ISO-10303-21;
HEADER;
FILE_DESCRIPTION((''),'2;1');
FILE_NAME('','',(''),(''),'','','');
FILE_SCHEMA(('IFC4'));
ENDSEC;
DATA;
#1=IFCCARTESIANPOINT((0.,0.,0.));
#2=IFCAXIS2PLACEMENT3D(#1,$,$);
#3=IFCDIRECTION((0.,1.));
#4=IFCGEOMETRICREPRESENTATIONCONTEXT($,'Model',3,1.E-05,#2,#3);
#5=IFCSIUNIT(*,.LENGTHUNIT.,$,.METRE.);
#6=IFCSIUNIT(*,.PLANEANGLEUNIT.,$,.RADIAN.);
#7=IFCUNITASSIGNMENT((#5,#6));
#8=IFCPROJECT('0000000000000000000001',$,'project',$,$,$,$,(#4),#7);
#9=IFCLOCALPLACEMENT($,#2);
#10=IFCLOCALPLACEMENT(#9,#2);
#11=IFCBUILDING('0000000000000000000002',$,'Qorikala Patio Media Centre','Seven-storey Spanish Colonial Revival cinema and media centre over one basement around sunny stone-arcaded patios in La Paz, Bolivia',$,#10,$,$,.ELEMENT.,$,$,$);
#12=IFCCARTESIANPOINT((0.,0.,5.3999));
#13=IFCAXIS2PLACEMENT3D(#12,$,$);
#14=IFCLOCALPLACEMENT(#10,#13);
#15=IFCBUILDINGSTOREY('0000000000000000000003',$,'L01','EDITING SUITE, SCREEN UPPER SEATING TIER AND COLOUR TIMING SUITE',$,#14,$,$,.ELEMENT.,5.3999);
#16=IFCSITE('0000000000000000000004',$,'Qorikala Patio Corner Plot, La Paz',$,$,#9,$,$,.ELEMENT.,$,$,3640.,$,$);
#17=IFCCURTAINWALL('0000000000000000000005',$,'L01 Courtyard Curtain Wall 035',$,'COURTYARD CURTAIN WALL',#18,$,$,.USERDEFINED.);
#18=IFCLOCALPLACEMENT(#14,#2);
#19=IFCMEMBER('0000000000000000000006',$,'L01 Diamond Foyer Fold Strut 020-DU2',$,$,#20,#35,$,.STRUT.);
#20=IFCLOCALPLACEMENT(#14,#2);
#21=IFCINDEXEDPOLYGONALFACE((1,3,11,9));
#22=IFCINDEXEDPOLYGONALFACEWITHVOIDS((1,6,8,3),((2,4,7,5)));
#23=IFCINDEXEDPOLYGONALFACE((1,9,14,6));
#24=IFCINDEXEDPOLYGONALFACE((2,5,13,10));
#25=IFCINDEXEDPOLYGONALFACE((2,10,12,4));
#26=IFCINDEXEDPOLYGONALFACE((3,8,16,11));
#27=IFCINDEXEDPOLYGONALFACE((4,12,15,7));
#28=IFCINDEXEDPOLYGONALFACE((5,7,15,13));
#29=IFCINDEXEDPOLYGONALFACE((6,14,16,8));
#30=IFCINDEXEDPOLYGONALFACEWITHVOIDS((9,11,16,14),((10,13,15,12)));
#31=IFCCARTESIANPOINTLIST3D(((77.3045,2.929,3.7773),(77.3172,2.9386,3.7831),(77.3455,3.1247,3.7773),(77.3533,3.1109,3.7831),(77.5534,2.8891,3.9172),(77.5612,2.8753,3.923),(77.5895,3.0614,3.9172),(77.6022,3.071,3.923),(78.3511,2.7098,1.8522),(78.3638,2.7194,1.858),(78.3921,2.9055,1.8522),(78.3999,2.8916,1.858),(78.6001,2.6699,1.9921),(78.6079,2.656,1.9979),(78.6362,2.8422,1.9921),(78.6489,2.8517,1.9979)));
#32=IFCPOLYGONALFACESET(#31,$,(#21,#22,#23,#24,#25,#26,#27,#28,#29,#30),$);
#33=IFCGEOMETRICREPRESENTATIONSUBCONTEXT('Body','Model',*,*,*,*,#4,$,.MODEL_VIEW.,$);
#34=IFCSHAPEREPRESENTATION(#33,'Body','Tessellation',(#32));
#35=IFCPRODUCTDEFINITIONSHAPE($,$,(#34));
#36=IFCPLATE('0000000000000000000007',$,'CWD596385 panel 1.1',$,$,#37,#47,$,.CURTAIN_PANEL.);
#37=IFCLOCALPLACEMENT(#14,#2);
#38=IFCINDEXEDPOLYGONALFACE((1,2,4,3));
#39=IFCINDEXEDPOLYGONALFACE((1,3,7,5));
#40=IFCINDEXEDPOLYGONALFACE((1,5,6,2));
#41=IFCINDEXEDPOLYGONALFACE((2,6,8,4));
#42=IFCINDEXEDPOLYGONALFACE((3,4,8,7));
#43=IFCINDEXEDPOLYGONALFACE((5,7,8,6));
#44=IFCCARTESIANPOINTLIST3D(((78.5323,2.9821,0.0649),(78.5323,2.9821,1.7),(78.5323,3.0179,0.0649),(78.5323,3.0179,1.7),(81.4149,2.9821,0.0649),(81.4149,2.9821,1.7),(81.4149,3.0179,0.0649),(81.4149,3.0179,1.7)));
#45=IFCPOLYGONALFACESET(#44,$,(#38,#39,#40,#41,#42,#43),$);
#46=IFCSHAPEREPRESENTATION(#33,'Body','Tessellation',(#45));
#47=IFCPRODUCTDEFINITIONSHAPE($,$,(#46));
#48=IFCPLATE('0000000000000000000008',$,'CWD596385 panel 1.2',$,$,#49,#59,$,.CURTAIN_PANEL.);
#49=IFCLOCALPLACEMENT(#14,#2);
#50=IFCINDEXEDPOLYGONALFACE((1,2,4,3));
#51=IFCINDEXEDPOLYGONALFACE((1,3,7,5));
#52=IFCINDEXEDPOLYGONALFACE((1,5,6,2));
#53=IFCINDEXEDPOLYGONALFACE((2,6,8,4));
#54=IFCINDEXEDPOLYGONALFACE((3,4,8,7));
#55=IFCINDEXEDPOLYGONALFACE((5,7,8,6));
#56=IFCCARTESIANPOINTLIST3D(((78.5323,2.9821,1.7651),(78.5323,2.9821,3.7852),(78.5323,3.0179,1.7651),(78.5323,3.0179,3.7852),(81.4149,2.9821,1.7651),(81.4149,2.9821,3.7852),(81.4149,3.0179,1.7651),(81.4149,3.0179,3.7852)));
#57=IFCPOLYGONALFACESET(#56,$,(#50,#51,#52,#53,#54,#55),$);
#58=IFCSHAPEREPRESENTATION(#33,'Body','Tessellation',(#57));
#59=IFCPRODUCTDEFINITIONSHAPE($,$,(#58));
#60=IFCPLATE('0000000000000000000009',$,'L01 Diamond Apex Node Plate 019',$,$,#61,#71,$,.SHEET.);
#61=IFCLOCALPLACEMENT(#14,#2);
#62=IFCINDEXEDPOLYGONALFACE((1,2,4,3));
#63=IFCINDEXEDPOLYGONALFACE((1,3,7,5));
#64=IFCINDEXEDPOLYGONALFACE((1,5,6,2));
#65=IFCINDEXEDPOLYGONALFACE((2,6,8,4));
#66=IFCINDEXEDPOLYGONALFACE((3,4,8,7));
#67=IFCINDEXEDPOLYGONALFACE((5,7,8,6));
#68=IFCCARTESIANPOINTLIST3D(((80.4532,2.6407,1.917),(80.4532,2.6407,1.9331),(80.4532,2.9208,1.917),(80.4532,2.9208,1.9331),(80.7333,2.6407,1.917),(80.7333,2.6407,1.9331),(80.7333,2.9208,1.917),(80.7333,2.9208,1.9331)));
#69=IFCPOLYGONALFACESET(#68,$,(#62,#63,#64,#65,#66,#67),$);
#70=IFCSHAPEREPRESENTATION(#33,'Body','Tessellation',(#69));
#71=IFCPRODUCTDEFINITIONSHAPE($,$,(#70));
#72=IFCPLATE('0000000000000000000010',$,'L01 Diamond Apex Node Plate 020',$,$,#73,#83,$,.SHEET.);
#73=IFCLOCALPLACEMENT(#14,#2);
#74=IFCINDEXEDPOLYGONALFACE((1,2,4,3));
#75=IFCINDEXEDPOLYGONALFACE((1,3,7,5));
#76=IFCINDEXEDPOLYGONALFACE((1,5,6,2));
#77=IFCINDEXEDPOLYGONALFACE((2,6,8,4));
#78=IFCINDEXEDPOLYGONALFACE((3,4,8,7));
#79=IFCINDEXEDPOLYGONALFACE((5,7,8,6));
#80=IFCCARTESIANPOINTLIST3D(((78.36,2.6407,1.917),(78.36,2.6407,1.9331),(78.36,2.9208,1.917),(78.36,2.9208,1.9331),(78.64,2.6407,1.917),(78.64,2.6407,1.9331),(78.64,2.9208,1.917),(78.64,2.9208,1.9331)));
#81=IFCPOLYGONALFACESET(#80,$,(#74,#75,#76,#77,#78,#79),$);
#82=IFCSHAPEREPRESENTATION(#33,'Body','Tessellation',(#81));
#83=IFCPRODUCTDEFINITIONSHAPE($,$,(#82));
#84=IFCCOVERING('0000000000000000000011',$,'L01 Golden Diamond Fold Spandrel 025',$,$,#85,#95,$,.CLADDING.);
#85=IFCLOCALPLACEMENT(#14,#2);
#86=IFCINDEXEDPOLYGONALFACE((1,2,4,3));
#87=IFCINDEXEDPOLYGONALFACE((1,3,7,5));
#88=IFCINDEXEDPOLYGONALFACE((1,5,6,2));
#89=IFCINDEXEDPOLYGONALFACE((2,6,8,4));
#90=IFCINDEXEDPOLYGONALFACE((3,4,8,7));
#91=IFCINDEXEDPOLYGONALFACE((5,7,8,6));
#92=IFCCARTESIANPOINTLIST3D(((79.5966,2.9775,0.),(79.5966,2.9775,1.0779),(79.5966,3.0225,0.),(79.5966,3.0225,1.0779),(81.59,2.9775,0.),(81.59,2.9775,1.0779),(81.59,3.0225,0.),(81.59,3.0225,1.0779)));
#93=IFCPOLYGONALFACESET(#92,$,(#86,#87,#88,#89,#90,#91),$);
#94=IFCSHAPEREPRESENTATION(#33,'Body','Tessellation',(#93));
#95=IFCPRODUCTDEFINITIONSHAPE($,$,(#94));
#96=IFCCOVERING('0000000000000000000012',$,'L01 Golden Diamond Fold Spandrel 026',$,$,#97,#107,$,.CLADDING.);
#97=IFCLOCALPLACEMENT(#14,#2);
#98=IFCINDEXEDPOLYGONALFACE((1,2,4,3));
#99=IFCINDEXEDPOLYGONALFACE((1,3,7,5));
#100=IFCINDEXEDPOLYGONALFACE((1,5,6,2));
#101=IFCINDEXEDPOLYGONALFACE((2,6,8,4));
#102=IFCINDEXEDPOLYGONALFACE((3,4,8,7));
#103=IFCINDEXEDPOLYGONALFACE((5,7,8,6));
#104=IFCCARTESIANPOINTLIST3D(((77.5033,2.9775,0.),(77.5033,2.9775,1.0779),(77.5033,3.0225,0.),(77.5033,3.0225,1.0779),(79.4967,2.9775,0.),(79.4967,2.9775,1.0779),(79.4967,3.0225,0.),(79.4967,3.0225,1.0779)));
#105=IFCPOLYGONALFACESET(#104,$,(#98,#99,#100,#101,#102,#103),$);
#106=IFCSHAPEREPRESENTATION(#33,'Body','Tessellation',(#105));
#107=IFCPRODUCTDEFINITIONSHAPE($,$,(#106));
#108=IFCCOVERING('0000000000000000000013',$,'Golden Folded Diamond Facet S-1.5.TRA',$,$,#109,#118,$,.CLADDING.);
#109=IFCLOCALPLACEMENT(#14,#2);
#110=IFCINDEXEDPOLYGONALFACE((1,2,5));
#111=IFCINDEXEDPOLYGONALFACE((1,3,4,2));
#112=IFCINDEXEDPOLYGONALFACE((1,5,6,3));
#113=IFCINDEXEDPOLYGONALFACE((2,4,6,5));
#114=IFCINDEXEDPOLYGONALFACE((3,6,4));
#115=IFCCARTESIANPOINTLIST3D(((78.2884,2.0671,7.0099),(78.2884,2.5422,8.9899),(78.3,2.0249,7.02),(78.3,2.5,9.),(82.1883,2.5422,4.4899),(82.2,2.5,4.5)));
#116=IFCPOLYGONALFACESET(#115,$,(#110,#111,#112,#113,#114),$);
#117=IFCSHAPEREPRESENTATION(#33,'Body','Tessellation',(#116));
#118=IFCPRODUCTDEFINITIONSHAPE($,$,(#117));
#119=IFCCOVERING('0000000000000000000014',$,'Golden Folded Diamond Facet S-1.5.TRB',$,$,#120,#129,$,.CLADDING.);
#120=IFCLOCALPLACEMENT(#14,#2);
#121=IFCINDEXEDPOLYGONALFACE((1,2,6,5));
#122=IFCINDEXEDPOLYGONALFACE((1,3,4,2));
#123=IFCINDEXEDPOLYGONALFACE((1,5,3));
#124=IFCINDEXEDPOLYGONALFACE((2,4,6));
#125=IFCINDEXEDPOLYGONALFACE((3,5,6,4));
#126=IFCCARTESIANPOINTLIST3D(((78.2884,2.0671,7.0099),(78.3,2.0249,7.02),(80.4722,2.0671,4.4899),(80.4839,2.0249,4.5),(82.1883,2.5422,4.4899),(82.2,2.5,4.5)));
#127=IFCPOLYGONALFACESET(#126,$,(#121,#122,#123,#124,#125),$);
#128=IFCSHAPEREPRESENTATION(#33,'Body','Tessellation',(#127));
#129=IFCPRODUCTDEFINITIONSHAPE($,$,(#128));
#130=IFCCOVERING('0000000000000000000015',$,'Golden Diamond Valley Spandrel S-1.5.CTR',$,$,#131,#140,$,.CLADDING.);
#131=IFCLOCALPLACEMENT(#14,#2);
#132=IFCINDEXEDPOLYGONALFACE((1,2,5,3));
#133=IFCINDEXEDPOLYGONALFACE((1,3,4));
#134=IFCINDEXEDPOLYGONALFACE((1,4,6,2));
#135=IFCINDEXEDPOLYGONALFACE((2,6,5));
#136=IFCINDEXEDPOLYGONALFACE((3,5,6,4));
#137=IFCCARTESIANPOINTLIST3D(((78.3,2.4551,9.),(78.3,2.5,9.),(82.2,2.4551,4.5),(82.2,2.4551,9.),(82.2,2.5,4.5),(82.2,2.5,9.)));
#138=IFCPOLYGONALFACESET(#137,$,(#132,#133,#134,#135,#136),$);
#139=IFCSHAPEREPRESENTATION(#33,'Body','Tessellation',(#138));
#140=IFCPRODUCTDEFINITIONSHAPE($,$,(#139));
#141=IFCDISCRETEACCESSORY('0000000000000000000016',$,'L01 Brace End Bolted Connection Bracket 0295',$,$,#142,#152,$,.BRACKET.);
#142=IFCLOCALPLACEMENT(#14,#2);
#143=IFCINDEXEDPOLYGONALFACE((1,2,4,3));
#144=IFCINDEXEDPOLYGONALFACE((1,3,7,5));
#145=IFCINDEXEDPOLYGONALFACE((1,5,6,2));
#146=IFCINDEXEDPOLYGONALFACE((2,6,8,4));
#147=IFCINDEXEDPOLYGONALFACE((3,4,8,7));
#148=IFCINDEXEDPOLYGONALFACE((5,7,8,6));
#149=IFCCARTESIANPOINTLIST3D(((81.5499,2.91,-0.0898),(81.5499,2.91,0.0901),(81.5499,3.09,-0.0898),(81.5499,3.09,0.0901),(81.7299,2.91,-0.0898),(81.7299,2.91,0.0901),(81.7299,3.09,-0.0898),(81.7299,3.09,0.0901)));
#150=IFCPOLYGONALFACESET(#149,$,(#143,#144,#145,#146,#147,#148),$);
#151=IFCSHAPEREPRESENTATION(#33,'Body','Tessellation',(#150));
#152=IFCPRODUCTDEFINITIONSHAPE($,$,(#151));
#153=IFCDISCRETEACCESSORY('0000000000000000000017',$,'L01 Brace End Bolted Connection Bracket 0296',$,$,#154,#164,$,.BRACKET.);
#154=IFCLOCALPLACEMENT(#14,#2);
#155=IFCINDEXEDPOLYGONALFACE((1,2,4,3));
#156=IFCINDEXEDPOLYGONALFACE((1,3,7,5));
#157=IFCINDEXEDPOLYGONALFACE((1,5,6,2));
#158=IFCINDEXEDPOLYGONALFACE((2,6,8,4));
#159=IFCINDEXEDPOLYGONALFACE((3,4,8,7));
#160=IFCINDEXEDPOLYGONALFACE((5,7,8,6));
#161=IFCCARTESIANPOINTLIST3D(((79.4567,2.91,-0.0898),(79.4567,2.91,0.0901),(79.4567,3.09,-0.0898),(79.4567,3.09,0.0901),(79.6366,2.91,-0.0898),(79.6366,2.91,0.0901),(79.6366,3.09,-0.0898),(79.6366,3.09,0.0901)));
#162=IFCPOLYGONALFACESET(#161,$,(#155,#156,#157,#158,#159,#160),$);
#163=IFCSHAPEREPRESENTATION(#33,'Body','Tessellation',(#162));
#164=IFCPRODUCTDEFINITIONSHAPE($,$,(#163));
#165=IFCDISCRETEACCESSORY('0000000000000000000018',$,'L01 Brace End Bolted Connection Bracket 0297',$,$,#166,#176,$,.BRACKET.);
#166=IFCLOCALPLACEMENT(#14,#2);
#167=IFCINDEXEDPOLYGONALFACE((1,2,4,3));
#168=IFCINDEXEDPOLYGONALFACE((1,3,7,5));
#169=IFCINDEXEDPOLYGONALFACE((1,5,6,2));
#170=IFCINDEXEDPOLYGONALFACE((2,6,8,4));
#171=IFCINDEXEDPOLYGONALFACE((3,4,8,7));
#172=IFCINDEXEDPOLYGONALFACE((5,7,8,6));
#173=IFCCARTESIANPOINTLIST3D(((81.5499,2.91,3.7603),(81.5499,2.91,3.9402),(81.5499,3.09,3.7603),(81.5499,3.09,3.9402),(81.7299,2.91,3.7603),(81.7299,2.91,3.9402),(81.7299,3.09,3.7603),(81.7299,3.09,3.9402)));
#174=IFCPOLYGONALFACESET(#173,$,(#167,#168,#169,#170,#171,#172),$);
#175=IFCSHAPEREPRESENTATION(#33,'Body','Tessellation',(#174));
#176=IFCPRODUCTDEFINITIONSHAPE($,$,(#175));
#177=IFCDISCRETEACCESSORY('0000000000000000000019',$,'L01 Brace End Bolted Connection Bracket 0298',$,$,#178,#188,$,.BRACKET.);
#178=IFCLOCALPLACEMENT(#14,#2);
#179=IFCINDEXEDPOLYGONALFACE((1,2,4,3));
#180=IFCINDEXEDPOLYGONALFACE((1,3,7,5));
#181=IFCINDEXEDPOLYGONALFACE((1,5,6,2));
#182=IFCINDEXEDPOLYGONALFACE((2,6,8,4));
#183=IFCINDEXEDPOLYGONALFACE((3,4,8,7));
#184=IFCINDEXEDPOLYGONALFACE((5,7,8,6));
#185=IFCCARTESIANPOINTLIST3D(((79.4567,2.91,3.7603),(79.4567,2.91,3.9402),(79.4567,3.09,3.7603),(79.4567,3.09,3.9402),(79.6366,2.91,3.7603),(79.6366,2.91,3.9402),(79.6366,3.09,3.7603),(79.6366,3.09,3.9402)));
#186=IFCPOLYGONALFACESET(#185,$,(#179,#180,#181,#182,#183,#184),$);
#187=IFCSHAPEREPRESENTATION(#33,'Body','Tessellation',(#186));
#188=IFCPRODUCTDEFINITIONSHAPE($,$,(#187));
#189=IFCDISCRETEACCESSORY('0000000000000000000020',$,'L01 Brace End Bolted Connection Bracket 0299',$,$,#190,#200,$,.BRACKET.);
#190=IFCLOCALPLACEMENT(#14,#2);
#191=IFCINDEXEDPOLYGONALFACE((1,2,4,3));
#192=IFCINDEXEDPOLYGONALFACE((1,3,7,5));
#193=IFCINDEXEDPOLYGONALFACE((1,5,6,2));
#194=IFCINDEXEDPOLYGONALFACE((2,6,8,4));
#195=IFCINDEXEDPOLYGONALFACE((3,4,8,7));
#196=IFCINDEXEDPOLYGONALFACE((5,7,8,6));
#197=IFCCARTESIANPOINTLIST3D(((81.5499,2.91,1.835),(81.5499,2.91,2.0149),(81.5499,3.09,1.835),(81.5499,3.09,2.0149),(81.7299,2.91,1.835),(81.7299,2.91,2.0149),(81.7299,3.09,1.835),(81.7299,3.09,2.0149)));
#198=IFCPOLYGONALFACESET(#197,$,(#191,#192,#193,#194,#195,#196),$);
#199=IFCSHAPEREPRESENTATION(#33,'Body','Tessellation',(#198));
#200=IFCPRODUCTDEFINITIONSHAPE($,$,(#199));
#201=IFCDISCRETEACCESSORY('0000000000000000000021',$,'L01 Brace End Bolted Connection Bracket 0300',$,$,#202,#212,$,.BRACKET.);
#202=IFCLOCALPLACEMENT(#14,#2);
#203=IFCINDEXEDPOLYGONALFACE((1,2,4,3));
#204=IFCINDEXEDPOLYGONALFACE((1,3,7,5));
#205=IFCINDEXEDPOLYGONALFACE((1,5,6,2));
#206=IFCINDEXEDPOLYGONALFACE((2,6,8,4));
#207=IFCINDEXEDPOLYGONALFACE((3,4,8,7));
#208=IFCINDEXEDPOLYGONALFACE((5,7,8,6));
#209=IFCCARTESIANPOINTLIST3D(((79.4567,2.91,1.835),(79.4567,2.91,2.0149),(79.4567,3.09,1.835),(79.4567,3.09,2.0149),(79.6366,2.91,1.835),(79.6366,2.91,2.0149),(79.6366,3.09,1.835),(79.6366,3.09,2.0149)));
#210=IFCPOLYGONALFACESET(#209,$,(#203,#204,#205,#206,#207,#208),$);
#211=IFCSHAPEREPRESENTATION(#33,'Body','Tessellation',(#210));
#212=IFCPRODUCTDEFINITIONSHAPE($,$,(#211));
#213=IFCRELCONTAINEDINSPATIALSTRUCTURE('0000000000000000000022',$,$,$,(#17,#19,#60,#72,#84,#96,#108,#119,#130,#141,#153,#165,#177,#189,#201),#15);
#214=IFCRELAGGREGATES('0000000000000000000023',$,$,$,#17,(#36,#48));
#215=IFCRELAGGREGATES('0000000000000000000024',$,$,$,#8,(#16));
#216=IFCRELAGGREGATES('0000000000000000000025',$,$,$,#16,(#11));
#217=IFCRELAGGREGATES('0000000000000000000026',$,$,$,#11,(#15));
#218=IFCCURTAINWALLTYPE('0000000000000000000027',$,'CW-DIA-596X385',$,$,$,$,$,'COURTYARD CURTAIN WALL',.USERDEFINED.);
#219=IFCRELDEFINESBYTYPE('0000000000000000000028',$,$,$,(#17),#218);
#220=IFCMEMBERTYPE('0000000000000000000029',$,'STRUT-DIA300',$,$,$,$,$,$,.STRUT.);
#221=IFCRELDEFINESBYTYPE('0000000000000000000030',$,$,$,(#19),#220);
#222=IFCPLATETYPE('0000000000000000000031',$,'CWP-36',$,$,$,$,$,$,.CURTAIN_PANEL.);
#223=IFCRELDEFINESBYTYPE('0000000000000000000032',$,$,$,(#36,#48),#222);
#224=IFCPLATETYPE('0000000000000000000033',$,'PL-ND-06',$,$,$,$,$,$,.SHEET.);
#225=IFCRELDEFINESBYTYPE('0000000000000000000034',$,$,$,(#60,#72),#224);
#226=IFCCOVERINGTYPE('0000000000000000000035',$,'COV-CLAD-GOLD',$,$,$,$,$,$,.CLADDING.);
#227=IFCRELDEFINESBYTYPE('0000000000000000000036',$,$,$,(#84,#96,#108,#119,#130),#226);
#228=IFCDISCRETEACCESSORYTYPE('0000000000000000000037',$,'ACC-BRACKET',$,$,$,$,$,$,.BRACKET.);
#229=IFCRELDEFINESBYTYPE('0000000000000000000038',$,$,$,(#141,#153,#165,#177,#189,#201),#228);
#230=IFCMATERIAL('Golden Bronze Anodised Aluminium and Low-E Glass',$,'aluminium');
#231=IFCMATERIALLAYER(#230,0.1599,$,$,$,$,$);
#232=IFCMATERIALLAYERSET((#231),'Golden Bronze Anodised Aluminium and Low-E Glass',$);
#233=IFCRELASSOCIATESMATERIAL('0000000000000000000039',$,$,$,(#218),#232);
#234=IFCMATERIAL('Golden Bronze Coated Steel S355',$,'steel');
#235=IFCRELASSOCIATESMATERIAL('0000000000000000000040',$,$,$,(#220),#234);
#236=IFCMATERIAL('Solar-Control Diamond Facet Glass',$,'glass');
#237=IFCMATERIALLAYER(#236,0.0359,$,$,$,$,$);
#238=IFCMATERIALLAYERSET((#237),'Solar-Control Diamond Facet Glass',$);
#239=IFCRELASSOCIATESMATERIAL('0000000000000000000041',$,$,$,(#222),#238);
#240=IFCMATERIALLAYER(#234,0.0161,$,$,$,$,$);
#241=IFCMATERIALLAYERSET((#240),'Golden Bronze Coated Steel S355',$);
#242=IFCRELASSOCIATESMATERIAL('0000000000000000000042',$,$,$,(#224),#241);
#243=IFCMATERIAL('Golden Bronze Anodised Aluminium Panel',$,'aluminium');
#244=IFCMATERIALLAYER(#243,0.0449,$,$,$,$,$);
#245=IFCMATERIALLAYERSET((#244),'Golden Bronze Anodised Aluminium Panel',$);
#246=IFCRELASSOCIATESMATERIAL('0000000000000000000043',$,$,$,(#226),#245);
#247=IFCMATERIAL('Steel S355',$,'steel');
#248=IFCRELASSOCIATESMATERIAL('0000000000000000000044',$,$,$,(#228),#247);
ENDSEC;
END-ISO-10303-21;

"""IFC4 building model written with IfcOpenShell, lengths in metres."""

from ifc_helpers import new_model, si_unit, direction, frame, origin, origin_2d, place, context, subcontext, project, spatial, polyline, rectangle, hollow_rectangle, outline, extrude, material, layer, layer_set, material_profile, profile_set, type_object, element, aggregate, save


model = new_model("IFC4")

# Units and contexts
model_context = context("Model", 3, precision=1e-05, world=origin(), true_north=direction((0.0, 1.0)))
body_context = subcontext(model_context, "Body", "Model", "MODEL_VIEW")
ifc_project = project(units=[si_unit("LENGTHUNIT", "METRE"), si_unit("PLANEANGLEUNIT", "RADIAN")], contexts=[model_context])

# Site, building, storey
site_placement = place(None, origin())
site = spatial("IfcSite", under=ifc_project, at=site_placement, Name="Qorikala Patio Corner Plot, La Paz", CompositionType="ELEMENT", RefElevation=3640.0)
building_placement = place(site_placement, origin())
building = spatial("IfcBuilding", under=site, at=building_placement, Name="Qorikala Patio Media Centre", Description="Seven-storey Spanish Colonial Revival cinema and media centre over one basement around sunny stone-arcaded patios in La Paz, Bolivia", CompositionType="ELEMENT")
storey_placement = place(building_placement, frame((0.0, 0.0, 5.3999)))
storey = spatial("IfcBuildingStorey", under=building, at=storey_placement, Name="L01", Description="EDITING SUITE, SCREEN UPPER SEATING TIER AND COLOUR TIMING SUITE", CompositionType="ELEMENT", Elevation=5.3999)

# Shared definitions
ifc_material_1 = material(Name="Golden Bronze Coated Steel S355", Category="steel")

# Curtain wall
ifc_material_2 = material(Name="Golden Bronze Anodised Aluminium and Low-E Glass", Category="aluminium")
ifc_layer_1 = layer(ifc_material_2, 0.1599)
ifc_layer_set_1 = layer_set([ifc_layer_1], Name="Golden Bronze Anodised Aluminium and Low-E Glass")
curtain_wall_type = type_object("IfcCurtainWallType", Name="CW-DIA-596X385", ElementType="COURTYARD CURTAIN WALL", PredefinedType="USERDEFINED", material=ifc_layer_set_1)
curtain_wall_placement = place(storey_placement, origin())
curtain_wall = element("IfcCurtainWall", 1, at=curtain_wall_placement, inside=storey, type_object=curtain_wall_type, Name="L01 Courtyard Curtain Wall 035", ObjectType="COURTYARD CURTAIN WALL", PredefinedType="USERDEFINED")

# Member
ifc_material_profile_1 = material_profile(ifc_material_1, hollow_rectangle(XDim=0.2, YDim=0.3, WallThickness=0.012, at=origin_2d()), Name="HSS300X200X12")
ifc_profile_set_1 = profile_set([ifc_material_profile_1], Name="Golden Bronze Coated Steel S355")
member_type_1 = type_object("IfcMemberType", Name="STRUT-DIA300", PredefinedType="STRUT", material=ifc_profile_set_1)
for number, where, z_axis, x_axis, name in (
    (2, (78.5, 2.7808, 1.925), (-0.475284, 0.099558, 0.874181), (-0.205021, -0.978758, 0.0), "L01 Diamond Foyer Fold Strut 020-DU2"),
):
    element("IfcMember", number, at=place(storey_placement, frame(where, z_axis=z_axis, x_axis=x_axis)), inside=storey, type_object=member_type_1, Name=name, PredefinedType="STRUT", context=body_context, shape_type="SweptSolid", body=[
        extrude(hollow_rectangle(XDim=0.2, YDim=0.3, WallThickness=0.012, at=origin_2d()), origin(), (0.0, 0.0, 1.0), 2.2021),
    ])

# Plates
ifc_material_3 = material(Name="Solar-Control Diamond Facet Glass", Category="glass")
ifc_layer_2 = layer(ifc_material_3, 0.0359)
ifc_layer_set_2 = layer_set([ifc_layer_2], Name="Solar-Control Diamond Facet Glass")
plate_type_1 = type_object("IfcPlateType", Name="CWP-36", PredefinedType="CURTAIN_PANEL", material=ifc_layer_set_2)
plate_1_placement = place(storey_placement, frame((79.9736, 3.0, 0.0649), z_axis=(0.0, 0.0, 1.0), x_axis=(-1.0, 0.0, 0.0)))
plate_1 = element("IfcPlate", 3, at=plate_1_placement, type_object=plate_type_1, Name="CWD596385 panel 1.1", PredefinedType="CURTAIN_PANEL", context=body_context, shape_type="SweptSolid", body=[
    extrude(rectangle(XDim=2.8826, YDim=0.0359, at=origin_2d()), origin(), (0.0, 0.0, 1.0), 1.635),
])
plate_2_placement = place(storey_placement, frame((79.9736, 3.0, 1.7651), z_axis=(0.0, 0.0, 1.0), x_axis=(-1.0, 0.0, 0.0)))
plate_2 = element("IfcPlate", 4, at=plate_2_placement, type_object=plate_type_1, Name="CWD596385 panel 1.2", PredefinedType="CURTAIN_PANEL", context=body_context, shape_type="SweptSolid", body=[
    extrude(rectangle(XDim=2.8826, YDim=0.0359, at=origin_2d()), origin(), (0.0, 0.0, 1.0), 2.02),
])
aggregate(curtain_wall, [plate_1, plate_2])

# Plates
ifc_layer_3 = layer(ifc_material_1, 0.0161)
ifc_layer_set_3 = layer_set([ifc_layer_3], Name="Golden Bronze Coated Steel S355")
plate_type_2 = type_object("IfcPlateType", Name="PL-ND-06", PredefinedType="SHEET", material=ifc_layer_set_3)
for number, where, z_axis, x_axis, name in (
    (5, (80.5933, 2.7808, 1.917), (0.0, 0.0, 1.0), (-1.0, 0.0, 0.0), "L01 Diamond Apex Node Plate 019"),
    (6, (78.5, 2.7808, 1.917), (0.0, 0.0, 1.0), (-1.0, 0.0, 0.0), "L01 Diamond Apex Node Plate 020"),
):
    element("IfcPlate", number, at=place(storey_placement, frame(where, z_axis=z_axis, x_axis=x_axis)), inside=storey, type_object=plate_type_2, Name=name, PredefinedType="SHEET", context=body_context, shape_type="SweptSolid", body=[
        extrude(rectangle(XDim=0.28, YDim=0.28, at=origin_2d()), origin(), (0.0, 0.0, 1.0), 0.0161),
    ])

# Coverings
ifc_material_4 = material(Name="Golden Bronze Anodised Aluminium Panel", Category="aluminium")
ifc_layer_4 = layer(ifc_material_4, 0.0449)
ifc_layer_set_4 = layer_set([ifc_layer_4], Name="Golden Bronze Anodised Aluminium Panel")
covering_type = type_object("IfcCoveringType", Name="COV-CLAD-GOLD", PredefinedType="CLADDING", material=ifc_layer_set_4)
for number, where, z_axis, x_axis, name in (
    (7, (80.5933, 3.0, 0.0), (0.0, 0.0, 1.0), (-1.0, 0.0, 0.0), "L01 Golden Diamond Fold Spandrel 025"),
    (8, (78.5, 3.0, 0.0), (0.0, 0.0, 1.0), (-1.0, 0.0, 0.0), "L01 Golden Diamond Fold Spandrel 026"),
):
    element("IfcCovering", number, at=place(storey_placement, frame(where, z_axis=z_axis, x_axis=x_axis)), inside=storey, type_object=covering_type, Name=name, PredefinedType="CLADDING", context=body_context, shape_type="SweptSolid", body=[
        extrude(rectangle(XDim=1.9934, YDim=0.0449, at=origin_2d()), origin(), (0.0, 0.0, 1.0), 1.0779),
    ])
covering_1_placement = place(storey_placement, frame((82.2, 2.5, 4.5), z_axis=(0.259974, -0.938963, 0.225305), x_axis=(-0.654921, 0.0, 0.755697)))
element("IfcCovering", 9, at=covering_1_placement, inside=storey, type_object=covering_type, Name="Golden Folded Diamond Facet S-1.5.TRA", PredefinedType="CLADDING", context=body_context, shape_type="SweptSolid", body=[
    extrude(outline(polyline([(0.0, 0.0), (5.9548, 0.0), (4.4585, 1.381), (0.0, 0.0)])), origin(), (0.0, 0.0, -1.0), 0.0449),
])
covering_2_placement = place(storey_placement, frame((82.2, 2.5, 4.5), z_axis=(0.259958, -0.938974, 0.225278), x_axis=(-0.835546, -0.101789, 0.539909)))
element("IfcCovering", 10, at=covering_2_placement, inside=storey, type_object=covering_type, Name="Golden Folded Diamond Facet S-1.5.TRB", PredefinedType="CLADDING", context=body_context, shape_type="SweptSolid", body=[
    extrude(outline(polyline([(0.0, 0.0), (4.6675, 0.0), (1.4822, 0.9867), (0.0, 0.0)])), origin(), (0.0, 0.0, -1.0), 0.0449),
])
covering_3_placement = place(storey_placement, frame((82.2, 2.5, 9.0), z_axis=(0.0, 1.0, 0.0), x_axis=(0.0, 0.0, -1.0)))
element("IfcCovering", 11, at=covering_3_placement, inside=storey, type_object=covering_type, Name="Golden Diamond Valley Spandrel S-1.5.CTR", PredefinedType="CLADDING", context=body_context, shape_type="SweptSolid", body=[
    extrude(outline(polyline([(0.0, 0.0), (4.5, 0.0), (0.0, 3.8999), (0.0, 0.0)])), origin(), (0.0, 0.0, -1.0), 0.0449),
])

# Discrete accessories
ifc_material_5 = material(Name="Steel S355", Category="steel")
discrete_accessory_type = type_object("IfcDiscreteAccessoryType", Name="ACC-BRACKET", PredefinedType="BRACKET", material=ifc_material_5)
for number, where, z_axis, x_axis, name in (
    (12, (81.6399, 3.0, -0.0898), (0.0, 0.0, 1.0), (1.0, 0.0, 0.0), "L01 Brace End Bolted Connection Bracket 0295"),
    (13, (79.5466, 3.0, -0.0898), (0.0, 0.0, 1.0), (1.0, 0.0, 0.0), "L01 Brace End Bolted Connection Bracket 0296"),
    (14, (81.6399, 3.0, 3.7603), (0.0, 0.0, 1.0), (1.0, 0.0, 0.0), "L01 Brace End Bolted Connection Bracket 0297"),
    (15, (79.5466, 3.0, 3.7603), (0.0, 0.0, 1.0), (1.0, 0.0, 0.0), "L01 Brace End Bolted Connection Bracket 0298"),
    (16, (81.6399, 3.0, 1.835), (0.0, 0.0, 1.0), (1.0, 0.0, 0.0), "L01 Brace End Bolted Connection Bracket 0299"),
    (17, (79.5466, 3.0, 1.835), (0.0, 0.0, 1.0), (1.0, 0.0, 0.0), "L01 Brace End Bolted Connection Bracket 0300"),
):
    element("IfcDiscreteAccessory", number, at=place(storey_placement, frame(where, z_axis=z_axis, x_axis=x_axis)), inside=storey, type_object=discrete_accessory_type, Name=name, PredefinedType="BRACKET", context=body_context, shape_type="SweptSolid", body=[
        extrude(rectangle(XDim=0.1799, YDim=0.1799, at=origin_2d()), origin(), (0.0, 0.0, 1.0), 0.1799),
    ])

save(model, "model.ifc")
